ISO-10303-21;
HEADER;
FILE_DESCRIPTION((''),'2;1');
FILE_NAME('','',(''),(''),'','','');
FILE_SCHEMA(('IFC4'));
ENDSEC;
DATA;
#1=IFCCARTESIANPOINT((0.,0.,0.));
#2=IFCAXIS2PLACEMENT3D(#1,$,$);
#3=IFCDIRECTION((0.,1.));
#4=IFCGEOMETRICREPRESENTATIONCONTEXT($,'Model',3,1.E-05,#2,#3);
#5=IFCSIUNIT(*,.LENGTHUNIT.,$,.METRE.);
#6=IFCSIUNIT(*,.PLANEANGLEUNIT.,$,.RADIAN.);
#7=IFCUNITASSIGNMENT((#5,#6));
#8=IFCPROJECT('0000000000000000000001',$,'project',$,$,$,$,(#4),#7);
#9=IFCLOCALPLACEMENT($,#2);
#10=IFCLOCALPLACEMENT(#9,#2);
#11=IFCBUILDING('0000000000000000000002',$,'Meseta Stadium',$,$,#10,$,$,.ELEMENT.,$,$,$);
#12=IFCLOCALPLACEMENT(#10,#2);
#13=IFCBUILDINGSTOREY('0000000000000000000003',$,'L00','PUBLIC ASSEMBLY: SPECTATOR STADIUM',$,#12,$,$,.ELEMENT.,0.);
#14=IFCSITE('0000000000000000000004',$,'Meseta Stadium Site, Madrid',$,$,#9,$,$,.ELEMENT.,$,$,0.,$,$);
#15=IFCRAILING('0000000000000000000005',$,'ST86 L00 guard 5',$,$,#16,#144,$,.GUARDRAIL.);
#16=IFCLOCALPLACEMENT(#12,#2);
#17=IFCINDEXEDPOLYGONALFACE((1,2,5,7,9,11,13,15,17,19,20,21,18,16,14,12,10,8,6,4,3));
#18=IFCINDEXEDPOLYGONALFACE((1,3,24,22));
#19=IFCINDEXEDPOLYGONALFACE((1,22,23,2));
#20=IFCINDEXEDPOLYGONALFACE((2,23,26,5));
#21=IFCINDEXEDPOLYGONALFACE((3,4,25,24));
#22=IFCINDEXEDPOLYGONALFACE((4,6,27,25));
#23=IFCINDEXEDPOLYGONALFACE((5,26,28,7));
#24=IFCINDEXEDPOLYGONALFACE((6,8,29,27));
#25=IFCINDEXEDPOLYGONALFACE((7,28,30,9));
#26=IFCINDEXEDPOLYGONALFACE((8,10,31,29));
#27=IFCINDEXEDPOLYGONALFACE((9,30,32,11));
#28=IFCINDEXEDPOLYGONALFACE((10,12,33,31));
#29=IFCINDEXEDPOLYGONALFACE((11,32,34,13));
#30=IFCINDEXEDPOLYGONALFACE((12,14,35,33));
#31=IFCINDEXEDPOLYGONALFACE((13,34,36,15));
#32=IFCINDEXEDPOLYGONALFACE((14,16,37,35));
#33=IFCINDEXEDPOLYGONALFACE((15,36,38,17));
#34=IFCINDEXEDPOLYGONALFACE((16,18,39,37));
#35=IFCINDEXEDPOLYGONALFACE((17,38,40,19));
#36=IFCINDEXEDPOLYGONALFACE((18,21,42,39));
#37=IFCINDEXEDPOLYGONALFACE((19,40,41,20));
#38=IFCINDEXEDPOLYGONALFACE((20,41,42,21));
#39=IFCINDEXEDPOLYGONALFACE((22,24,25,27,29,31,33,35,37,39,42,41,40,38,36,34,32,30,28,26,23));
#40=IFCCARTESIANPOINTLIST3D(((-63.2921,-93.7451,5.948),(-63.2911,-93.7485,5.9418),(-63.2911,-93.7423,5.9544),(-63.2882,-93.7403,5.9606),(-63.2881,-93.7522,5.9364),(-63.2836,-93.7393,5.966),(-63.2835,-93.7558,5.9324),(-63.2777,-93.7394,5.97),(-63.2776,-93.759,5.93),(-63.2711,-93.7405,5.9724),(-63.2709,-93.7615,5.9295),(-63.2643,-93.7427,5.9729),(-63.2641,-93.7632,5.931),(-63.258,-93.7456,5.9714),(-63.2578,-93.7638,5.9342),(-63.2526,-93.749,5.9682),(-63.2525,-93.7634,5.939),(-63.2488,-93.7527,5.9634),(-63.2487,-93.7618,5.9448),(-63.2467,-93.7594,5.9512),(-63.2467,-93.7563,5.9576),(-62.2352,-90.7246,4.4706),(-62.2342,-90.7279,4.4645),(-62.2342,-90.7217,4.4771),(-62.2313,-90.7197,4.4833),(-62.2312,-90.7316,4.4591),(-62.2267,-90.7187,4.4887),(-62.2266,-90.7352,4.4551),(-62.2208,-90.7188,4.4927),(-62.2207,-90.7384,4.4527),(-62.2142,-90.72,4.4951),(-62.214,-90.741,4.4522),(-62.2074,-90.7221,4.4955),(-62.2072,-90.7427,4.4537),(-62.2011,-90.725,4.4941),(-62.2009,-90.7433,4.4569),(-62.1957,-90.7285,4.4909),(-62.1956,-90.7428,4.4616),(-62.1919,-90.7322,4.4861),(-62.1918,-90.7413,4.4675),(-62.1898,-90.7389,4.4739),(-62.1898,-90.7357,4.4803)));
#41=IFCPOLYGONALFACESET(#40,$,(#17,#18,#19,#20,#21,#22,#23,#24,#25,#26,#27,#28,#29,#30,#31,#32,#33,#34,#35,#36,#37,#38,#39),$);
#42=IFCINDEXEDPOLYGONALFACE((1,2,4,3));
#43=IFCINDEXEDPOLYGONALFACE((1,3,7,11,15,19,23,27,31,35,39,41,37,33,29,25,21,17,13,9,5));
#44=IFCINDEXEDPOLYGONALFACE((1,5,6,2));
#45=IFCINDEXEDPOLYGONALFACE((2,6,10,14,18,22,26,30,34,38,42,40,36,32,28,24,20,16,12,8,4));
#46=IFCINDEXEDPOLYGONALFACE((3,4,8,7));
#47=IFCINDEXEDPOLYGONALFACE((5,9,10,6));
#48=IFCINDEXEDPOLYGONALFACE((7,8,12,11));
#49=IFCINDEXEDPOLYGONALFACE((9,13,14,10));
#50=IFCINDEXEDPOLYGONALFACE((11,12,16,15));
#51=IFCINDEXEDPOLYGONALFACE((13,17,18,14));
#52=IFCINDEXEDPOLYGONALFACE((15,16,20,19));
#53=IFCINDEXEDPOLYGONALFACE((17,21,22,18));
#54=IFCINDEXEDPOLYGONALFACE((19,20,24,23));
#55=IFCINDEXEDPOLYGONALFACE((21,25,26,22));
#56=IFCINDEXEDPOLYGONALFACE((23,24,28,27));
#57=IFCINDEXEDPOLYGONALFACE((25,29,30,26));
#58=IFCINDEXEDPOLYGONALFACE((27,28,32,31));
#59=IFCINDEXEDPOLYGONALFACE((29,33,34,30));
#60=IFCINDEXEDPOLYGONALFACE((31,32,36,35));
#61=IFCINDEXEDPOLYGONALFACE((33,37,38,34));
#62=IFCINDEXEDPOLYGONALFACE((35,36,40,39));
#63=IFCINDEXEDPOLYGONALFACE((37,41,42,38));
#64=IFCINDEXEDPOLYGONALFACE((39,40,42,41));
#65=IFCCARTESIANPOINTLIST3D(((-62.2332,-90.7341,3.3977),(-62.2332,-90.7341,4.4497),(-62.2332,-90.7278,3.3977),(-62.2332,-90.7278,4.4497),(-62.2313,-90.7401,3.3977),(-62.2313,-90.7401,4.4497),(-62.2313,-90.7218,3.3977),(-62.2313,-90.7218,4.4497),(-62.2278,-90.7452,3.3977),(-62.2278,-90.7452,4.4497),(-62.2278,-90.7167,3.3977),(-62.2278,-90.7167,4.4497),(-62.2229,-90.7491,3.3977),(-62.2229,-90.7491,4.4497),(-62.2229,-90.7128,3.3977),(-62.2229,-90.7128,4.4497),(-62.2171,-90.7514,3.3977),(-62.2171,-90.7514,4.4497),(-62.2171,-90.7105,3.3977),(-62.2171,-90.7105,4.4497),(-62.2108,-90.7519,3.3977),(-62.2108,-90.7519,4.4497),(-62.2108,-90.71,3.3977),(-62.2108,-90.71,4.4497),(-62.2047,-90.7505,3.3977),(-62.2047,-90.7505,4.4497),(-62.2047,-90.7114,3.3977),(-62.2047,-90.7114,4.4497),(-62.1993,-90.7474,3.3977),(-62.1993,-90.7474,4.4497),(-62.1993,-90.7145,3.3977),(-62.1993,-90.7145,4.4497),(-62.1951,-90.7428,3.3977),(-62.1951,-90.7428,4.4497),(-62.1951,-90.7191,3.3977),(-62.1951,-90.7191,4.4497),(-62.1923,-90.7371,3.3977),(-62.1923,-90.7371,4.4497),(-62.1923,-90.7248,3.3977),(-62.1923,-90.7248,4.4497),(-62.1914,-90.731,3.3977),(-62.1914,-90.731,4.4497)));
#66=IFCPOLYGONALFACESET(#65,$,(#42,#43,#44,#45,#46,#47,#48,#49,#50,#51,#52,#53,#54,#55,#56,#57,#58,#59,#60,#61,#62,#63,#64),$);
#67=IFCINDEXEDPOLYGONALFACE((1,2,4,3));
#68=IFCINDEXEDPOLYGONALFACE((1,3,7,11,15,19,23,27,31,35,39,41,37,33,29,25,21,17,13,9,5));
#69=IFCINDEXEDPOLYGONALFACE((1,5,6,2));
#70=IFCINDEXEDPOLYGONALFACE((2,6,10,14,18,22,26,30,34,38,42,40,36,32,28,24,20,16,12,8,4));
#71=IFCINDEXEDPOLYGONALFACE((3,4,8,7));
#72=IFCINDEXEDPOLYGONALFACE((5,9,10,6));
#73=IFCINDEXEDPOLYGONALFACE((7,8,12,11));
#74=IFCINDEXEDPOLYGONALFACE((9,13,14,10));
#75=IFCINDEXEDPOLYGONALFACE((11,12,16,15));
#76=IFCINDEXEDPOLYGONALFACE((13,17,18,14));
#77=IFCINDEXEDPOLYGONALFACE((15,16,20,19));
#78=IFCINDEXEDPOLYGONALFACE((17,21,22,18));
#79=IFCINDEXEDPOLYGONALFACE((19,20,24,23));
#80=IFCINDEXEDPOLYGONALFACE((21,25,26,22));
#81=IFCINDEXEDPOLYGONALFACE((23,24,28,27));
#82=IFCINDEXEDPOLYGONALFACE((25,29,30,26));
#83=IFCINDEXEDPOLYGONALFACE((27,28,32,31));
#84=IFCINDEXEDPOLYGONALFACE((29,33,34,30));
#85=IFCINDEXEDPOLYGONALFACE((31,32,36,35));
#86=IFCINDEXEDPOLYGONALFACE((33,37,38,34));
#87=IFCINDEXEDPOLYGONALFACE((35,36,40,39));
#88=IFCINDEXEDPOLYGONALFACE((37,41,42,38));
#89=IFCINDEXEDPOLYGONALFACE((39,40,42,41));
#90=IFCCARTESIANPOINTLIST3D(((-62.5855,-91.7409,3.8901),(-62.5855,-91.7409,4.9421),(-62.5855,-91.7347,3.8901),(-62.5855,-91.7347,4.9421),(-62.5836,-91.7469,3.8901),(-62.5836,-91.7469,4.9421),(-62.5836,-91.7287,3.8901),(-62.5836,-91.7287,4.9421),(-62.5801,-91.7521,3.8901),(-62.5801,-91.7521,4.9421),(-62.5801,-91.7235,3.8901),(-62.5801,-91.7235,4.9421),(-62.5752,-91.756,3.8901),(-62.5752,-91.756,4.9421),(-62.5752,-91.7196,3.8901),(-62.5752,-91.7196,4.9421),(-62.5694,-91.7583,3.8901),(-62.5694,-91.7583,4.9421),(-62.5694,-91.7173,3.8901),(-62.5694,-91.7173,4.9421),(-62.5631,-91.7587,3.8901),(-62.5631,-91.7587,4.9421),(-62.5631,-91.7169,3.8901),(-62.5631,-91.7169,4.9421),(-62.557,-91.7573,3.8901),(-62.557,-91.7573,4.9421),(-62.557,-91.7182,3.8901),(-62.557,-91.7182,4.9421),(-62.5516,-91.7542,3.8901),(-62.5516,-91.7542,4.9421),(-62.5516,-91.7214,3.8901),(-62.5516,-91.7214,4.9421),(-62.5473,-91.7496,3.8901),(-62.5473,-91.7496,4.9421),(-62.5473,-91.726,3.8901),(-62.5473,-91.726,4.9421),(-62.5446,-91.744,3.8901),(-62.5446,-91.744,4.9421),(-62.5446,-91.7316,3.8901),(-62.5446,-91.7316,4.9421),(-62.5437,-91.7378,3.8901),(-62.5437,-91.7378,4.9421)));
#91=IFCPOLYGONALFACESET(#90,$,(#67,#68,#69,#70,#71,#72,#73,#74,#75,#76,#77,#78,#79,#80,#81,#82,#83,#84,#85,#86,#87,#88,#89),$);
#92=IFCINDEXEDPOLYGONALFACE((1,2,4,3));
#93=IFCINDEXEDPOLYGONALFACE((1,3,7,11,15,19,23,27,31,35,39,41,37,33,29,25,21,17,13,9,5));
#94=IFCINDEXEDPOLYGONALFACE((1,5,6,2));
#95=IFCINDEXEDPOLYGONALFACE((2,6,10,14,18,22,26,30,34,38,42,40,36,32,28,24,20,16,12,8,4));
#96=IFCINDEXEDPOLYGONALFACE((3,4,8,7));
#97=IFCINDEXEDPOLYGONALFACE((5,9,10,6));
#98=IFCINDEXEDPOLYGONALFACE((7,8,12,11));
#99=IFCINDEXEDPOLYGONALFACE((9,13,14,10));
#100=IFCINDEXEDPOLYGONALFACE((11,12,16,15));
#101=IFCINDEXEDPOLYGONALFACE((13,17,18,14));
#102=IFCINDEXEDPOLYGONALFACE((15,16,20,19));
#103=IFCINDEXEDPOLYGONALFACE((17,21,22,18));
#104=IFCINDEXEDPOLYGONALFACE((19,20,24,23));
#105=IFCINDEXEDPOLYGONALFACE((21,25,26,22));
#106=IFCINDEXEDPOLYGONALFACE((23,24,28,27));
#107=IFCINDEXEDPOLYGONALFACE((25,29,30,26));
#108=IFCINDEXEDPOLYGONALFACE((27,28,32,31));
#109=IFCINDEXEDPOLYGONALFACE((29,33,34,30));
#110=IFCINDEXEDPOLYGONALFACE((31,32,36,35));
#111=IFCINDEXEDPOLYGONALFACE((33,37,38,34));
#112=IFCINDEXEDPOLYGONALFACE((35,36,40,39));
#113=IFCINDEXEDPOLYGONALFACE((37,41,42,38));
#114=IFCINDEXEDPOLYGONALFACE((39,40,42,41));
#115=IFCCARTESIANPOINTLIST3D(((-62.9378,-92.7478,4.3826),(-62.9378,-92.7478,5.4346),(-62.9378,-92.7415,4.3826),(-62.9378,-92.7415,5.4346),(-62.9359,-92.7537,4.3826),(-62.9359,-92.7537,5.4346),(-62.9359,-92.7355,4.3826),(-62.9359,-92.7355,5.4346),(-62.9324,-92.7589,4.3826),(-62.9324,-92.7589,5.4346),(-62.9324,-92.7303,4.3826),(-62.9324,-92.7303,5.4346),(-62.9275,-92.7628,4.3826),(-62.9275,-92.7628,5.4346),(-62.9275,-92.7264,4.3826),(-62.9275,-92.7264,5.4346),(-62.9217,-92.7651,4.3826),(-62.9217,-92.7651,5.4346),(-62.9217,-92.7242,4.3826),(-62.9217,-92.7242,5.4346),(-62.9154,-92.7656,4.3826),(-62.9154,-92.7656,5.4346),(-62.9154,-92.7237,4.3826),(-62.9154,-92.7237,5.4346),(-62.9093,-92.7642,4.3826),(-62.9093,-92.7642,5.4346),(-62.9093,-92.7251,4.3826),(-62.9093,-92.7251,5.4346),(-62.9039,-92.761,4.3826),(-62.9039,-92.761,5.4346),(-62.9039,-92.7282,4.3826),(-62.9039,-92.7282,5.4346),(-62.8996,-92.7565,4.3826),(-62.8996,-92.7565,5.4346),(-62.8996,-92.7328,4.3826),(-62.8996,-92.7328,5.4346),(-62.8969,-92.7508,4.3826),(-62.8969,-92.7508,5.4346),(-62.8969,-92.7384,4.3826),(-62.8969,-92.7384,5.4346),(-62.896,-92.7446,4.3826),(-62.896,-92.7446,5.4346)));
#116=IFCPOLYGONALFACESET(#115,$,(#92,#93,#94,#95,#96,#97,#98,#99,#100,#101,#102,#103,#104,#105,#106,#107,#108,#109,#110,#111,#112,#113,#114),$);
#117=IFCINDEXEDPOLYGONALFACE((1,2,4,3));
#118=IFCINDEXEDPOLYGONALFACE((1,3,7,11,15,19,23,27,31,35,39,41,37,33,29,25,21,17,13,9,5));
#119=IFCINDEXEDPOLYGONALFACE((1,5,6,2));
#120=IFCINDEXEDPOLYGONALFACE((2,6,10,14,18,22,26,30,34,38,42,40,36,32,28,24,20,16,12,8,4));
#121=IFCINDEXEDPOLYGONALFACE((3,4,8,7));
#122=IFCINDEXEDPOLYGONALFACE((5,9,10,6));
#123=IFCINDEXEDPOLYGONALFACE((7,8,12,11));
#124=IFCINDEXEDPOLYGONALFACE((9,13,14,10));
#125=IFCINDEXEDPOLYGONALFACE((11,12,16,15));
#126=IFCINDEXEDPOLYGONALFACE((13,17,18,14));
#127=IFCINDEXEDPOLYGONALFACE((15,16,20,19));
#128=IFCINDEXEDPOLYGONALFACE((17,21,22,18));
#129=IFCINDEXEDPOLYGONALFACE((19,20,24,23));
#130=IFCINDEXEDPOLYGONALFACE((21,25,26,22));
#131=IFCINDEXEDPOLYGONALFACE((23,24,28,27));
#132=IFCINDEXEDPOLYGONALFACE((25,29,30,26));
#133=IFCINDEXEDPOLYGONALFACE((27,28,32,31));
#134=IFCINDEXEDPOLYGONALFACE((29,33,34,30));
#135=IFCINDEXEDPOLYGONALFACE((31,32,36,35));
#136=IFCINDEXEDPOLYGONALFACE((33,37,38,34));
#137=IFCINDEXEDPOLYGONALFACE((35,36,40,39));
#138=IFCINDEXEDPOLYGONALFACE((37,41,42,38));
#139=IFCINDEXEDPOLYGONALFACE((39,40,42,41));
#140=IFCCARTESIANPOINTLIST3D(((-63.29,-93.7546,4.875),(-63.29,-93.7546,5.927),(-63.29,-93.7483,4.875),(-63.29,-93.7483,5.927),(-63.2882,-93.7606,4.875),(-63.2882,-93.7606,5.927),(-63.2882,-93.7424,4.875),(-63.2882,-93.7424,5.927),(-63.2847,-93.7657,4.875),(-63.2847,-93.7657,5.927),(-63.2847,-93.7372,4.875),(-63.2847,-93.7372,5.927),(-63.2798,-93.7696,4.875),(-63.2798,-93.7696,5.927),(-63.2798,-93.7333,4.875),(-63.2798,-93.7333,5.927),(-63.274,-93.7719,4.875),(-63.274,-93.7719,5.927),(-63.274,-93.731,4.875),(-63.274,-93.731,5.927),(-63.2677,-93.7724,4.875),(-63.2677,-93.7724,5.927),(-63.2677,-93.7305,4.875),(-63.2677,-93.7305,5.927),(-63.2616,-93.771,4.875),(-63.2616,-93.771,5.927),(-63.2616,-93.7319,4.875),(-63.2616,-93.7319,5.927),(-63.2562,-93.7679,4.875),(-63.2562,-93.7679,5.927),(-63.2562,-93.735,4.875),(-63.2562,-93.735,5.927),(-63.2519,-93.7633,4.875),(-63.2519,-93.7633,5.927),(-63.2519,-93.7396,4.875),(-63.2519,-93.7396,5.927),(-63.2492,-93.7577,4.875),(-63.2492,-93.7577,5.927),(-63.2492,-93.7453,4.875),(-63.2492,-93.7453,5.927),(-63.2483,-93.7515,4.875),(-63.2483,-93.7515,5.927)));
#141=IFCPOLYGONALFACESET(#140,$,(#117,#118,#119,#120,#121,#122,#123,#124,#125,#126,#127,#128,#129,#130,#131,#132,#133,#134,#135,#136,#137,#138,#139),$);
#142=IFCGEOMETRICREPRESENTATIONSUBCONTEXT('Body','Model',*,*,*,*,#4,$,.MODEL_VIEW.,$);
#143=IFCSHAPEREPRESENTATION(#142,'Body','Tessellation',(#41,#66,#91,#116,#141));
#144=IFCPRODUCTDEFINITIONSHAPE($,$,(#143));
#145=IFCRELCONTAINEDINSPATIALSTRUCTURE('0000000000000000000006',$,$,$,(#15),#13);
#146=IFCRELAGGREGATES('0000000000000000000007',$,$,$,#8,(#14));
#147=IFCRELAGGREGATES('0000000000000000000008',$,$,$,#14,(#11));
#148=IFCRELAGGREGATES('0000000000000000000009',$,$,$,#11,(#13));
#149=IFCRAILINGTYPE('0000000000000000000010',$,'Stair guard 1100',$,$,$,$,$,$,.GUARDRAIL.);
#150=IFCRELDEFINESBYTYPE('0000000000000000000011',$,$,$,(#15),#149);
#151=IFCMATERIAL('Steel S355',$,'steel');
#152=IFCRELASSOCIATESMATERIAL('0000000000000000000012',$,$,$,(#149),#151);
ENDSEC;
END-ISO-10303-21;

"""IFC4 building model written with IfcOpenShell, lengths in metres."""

from ifc_helpers import new_model, si_unit, direction, frame, origin, origin_2d, place, context, subcontext, project, spatial, circle, extrude, material, type_object, element, save


model = new_model("IFC4")

# Units and contexts
model_context = context("Model", 3, precision=1e-05, world=origin(), true_north=direction((0.0, 1.0)))
body_context = subcontext(model_context, "Body", "Model", "MODEL_VIEW")
ifc_project = project(units=[si_unit("LENGTHUNIT", "METRE"), si_unit("PLANEANGLEUNIT", "RADIAN")], contexts=[model_context])

# Site, building, storey
site_placement = place(None, origin())
site = spatial("IfcSite", under=ifc_project, at=site_placement, Name="Meseta Stadium Site, Madrid", CompositionType="ELEMENT", RefElevation=0.0)
building_placement = place(site_placement, origin())
building = spatial("IfcBuilding", under=site, at=building_placement, Name="Meseta Stadium", CompositionType="ELEMENT")
storey_placement = place(building_placement, origin())
storey = spatial("IfcBuildingStorey", under=building, at=storey_placement, Name="L00", Description="PUBLIC ASSEMBLY: SPECTATOR STADIUM", CompositionType="ELEMENT", Elevation=0.0)

# Railing
ifc_material_1 = material(Name="Steel S355", Category="steel")
railing_type_1 = type_object("IfcRailingType", Name="Stair guard 1100", PredefinedType="GUARDRAIL", material=ifc_material_1)
railing_1_placement = place(storey_placement, frame((-62.2124, -90.731, 3.3977)))
element("IfcRailing", 1, at=railing_1_placement, inside=storey, type_object=railing_type_1, Name="ST86 L00 guard 5", PredefinedType="GUARDRAIL", context=body_context, shape_type="SweptSolid", body=[
    extrude(circle(Radius=0.0239, at=origin_2d()), frame((0.0, 0.0, 1.0762), z_axis=(-0.299859, -0.856977, 0.419137), x_axis=(0.943887, -0.330269, 0.0)), (0.0, 0.0, 1.0), 3.5247),
    extrude(circle(Radius=0.021, at=origin_2d()), origin(), (0.0, 0.0, 1.0), 1.052),
    extrude(circle(Radius=0.021, at=origin_2d()), frame((-0.3523, -1.0068, 0.4924)), (0.0, 0.0, 1.0), 1.052),
    extrude(circle(Radius=0.021, at=origin_2d()), frame((-0.7046, -2.0137, 0.9849)), (0.0, 0.0, 1.0), 1.052),
    extrude(circle(Radius=0.021, at=origin_2d()), frame((-1.0569, -3.0205, 1.4773)), (0.0, 0.0, 1.0), 1.052),
])

save(model, "model.ifc")
